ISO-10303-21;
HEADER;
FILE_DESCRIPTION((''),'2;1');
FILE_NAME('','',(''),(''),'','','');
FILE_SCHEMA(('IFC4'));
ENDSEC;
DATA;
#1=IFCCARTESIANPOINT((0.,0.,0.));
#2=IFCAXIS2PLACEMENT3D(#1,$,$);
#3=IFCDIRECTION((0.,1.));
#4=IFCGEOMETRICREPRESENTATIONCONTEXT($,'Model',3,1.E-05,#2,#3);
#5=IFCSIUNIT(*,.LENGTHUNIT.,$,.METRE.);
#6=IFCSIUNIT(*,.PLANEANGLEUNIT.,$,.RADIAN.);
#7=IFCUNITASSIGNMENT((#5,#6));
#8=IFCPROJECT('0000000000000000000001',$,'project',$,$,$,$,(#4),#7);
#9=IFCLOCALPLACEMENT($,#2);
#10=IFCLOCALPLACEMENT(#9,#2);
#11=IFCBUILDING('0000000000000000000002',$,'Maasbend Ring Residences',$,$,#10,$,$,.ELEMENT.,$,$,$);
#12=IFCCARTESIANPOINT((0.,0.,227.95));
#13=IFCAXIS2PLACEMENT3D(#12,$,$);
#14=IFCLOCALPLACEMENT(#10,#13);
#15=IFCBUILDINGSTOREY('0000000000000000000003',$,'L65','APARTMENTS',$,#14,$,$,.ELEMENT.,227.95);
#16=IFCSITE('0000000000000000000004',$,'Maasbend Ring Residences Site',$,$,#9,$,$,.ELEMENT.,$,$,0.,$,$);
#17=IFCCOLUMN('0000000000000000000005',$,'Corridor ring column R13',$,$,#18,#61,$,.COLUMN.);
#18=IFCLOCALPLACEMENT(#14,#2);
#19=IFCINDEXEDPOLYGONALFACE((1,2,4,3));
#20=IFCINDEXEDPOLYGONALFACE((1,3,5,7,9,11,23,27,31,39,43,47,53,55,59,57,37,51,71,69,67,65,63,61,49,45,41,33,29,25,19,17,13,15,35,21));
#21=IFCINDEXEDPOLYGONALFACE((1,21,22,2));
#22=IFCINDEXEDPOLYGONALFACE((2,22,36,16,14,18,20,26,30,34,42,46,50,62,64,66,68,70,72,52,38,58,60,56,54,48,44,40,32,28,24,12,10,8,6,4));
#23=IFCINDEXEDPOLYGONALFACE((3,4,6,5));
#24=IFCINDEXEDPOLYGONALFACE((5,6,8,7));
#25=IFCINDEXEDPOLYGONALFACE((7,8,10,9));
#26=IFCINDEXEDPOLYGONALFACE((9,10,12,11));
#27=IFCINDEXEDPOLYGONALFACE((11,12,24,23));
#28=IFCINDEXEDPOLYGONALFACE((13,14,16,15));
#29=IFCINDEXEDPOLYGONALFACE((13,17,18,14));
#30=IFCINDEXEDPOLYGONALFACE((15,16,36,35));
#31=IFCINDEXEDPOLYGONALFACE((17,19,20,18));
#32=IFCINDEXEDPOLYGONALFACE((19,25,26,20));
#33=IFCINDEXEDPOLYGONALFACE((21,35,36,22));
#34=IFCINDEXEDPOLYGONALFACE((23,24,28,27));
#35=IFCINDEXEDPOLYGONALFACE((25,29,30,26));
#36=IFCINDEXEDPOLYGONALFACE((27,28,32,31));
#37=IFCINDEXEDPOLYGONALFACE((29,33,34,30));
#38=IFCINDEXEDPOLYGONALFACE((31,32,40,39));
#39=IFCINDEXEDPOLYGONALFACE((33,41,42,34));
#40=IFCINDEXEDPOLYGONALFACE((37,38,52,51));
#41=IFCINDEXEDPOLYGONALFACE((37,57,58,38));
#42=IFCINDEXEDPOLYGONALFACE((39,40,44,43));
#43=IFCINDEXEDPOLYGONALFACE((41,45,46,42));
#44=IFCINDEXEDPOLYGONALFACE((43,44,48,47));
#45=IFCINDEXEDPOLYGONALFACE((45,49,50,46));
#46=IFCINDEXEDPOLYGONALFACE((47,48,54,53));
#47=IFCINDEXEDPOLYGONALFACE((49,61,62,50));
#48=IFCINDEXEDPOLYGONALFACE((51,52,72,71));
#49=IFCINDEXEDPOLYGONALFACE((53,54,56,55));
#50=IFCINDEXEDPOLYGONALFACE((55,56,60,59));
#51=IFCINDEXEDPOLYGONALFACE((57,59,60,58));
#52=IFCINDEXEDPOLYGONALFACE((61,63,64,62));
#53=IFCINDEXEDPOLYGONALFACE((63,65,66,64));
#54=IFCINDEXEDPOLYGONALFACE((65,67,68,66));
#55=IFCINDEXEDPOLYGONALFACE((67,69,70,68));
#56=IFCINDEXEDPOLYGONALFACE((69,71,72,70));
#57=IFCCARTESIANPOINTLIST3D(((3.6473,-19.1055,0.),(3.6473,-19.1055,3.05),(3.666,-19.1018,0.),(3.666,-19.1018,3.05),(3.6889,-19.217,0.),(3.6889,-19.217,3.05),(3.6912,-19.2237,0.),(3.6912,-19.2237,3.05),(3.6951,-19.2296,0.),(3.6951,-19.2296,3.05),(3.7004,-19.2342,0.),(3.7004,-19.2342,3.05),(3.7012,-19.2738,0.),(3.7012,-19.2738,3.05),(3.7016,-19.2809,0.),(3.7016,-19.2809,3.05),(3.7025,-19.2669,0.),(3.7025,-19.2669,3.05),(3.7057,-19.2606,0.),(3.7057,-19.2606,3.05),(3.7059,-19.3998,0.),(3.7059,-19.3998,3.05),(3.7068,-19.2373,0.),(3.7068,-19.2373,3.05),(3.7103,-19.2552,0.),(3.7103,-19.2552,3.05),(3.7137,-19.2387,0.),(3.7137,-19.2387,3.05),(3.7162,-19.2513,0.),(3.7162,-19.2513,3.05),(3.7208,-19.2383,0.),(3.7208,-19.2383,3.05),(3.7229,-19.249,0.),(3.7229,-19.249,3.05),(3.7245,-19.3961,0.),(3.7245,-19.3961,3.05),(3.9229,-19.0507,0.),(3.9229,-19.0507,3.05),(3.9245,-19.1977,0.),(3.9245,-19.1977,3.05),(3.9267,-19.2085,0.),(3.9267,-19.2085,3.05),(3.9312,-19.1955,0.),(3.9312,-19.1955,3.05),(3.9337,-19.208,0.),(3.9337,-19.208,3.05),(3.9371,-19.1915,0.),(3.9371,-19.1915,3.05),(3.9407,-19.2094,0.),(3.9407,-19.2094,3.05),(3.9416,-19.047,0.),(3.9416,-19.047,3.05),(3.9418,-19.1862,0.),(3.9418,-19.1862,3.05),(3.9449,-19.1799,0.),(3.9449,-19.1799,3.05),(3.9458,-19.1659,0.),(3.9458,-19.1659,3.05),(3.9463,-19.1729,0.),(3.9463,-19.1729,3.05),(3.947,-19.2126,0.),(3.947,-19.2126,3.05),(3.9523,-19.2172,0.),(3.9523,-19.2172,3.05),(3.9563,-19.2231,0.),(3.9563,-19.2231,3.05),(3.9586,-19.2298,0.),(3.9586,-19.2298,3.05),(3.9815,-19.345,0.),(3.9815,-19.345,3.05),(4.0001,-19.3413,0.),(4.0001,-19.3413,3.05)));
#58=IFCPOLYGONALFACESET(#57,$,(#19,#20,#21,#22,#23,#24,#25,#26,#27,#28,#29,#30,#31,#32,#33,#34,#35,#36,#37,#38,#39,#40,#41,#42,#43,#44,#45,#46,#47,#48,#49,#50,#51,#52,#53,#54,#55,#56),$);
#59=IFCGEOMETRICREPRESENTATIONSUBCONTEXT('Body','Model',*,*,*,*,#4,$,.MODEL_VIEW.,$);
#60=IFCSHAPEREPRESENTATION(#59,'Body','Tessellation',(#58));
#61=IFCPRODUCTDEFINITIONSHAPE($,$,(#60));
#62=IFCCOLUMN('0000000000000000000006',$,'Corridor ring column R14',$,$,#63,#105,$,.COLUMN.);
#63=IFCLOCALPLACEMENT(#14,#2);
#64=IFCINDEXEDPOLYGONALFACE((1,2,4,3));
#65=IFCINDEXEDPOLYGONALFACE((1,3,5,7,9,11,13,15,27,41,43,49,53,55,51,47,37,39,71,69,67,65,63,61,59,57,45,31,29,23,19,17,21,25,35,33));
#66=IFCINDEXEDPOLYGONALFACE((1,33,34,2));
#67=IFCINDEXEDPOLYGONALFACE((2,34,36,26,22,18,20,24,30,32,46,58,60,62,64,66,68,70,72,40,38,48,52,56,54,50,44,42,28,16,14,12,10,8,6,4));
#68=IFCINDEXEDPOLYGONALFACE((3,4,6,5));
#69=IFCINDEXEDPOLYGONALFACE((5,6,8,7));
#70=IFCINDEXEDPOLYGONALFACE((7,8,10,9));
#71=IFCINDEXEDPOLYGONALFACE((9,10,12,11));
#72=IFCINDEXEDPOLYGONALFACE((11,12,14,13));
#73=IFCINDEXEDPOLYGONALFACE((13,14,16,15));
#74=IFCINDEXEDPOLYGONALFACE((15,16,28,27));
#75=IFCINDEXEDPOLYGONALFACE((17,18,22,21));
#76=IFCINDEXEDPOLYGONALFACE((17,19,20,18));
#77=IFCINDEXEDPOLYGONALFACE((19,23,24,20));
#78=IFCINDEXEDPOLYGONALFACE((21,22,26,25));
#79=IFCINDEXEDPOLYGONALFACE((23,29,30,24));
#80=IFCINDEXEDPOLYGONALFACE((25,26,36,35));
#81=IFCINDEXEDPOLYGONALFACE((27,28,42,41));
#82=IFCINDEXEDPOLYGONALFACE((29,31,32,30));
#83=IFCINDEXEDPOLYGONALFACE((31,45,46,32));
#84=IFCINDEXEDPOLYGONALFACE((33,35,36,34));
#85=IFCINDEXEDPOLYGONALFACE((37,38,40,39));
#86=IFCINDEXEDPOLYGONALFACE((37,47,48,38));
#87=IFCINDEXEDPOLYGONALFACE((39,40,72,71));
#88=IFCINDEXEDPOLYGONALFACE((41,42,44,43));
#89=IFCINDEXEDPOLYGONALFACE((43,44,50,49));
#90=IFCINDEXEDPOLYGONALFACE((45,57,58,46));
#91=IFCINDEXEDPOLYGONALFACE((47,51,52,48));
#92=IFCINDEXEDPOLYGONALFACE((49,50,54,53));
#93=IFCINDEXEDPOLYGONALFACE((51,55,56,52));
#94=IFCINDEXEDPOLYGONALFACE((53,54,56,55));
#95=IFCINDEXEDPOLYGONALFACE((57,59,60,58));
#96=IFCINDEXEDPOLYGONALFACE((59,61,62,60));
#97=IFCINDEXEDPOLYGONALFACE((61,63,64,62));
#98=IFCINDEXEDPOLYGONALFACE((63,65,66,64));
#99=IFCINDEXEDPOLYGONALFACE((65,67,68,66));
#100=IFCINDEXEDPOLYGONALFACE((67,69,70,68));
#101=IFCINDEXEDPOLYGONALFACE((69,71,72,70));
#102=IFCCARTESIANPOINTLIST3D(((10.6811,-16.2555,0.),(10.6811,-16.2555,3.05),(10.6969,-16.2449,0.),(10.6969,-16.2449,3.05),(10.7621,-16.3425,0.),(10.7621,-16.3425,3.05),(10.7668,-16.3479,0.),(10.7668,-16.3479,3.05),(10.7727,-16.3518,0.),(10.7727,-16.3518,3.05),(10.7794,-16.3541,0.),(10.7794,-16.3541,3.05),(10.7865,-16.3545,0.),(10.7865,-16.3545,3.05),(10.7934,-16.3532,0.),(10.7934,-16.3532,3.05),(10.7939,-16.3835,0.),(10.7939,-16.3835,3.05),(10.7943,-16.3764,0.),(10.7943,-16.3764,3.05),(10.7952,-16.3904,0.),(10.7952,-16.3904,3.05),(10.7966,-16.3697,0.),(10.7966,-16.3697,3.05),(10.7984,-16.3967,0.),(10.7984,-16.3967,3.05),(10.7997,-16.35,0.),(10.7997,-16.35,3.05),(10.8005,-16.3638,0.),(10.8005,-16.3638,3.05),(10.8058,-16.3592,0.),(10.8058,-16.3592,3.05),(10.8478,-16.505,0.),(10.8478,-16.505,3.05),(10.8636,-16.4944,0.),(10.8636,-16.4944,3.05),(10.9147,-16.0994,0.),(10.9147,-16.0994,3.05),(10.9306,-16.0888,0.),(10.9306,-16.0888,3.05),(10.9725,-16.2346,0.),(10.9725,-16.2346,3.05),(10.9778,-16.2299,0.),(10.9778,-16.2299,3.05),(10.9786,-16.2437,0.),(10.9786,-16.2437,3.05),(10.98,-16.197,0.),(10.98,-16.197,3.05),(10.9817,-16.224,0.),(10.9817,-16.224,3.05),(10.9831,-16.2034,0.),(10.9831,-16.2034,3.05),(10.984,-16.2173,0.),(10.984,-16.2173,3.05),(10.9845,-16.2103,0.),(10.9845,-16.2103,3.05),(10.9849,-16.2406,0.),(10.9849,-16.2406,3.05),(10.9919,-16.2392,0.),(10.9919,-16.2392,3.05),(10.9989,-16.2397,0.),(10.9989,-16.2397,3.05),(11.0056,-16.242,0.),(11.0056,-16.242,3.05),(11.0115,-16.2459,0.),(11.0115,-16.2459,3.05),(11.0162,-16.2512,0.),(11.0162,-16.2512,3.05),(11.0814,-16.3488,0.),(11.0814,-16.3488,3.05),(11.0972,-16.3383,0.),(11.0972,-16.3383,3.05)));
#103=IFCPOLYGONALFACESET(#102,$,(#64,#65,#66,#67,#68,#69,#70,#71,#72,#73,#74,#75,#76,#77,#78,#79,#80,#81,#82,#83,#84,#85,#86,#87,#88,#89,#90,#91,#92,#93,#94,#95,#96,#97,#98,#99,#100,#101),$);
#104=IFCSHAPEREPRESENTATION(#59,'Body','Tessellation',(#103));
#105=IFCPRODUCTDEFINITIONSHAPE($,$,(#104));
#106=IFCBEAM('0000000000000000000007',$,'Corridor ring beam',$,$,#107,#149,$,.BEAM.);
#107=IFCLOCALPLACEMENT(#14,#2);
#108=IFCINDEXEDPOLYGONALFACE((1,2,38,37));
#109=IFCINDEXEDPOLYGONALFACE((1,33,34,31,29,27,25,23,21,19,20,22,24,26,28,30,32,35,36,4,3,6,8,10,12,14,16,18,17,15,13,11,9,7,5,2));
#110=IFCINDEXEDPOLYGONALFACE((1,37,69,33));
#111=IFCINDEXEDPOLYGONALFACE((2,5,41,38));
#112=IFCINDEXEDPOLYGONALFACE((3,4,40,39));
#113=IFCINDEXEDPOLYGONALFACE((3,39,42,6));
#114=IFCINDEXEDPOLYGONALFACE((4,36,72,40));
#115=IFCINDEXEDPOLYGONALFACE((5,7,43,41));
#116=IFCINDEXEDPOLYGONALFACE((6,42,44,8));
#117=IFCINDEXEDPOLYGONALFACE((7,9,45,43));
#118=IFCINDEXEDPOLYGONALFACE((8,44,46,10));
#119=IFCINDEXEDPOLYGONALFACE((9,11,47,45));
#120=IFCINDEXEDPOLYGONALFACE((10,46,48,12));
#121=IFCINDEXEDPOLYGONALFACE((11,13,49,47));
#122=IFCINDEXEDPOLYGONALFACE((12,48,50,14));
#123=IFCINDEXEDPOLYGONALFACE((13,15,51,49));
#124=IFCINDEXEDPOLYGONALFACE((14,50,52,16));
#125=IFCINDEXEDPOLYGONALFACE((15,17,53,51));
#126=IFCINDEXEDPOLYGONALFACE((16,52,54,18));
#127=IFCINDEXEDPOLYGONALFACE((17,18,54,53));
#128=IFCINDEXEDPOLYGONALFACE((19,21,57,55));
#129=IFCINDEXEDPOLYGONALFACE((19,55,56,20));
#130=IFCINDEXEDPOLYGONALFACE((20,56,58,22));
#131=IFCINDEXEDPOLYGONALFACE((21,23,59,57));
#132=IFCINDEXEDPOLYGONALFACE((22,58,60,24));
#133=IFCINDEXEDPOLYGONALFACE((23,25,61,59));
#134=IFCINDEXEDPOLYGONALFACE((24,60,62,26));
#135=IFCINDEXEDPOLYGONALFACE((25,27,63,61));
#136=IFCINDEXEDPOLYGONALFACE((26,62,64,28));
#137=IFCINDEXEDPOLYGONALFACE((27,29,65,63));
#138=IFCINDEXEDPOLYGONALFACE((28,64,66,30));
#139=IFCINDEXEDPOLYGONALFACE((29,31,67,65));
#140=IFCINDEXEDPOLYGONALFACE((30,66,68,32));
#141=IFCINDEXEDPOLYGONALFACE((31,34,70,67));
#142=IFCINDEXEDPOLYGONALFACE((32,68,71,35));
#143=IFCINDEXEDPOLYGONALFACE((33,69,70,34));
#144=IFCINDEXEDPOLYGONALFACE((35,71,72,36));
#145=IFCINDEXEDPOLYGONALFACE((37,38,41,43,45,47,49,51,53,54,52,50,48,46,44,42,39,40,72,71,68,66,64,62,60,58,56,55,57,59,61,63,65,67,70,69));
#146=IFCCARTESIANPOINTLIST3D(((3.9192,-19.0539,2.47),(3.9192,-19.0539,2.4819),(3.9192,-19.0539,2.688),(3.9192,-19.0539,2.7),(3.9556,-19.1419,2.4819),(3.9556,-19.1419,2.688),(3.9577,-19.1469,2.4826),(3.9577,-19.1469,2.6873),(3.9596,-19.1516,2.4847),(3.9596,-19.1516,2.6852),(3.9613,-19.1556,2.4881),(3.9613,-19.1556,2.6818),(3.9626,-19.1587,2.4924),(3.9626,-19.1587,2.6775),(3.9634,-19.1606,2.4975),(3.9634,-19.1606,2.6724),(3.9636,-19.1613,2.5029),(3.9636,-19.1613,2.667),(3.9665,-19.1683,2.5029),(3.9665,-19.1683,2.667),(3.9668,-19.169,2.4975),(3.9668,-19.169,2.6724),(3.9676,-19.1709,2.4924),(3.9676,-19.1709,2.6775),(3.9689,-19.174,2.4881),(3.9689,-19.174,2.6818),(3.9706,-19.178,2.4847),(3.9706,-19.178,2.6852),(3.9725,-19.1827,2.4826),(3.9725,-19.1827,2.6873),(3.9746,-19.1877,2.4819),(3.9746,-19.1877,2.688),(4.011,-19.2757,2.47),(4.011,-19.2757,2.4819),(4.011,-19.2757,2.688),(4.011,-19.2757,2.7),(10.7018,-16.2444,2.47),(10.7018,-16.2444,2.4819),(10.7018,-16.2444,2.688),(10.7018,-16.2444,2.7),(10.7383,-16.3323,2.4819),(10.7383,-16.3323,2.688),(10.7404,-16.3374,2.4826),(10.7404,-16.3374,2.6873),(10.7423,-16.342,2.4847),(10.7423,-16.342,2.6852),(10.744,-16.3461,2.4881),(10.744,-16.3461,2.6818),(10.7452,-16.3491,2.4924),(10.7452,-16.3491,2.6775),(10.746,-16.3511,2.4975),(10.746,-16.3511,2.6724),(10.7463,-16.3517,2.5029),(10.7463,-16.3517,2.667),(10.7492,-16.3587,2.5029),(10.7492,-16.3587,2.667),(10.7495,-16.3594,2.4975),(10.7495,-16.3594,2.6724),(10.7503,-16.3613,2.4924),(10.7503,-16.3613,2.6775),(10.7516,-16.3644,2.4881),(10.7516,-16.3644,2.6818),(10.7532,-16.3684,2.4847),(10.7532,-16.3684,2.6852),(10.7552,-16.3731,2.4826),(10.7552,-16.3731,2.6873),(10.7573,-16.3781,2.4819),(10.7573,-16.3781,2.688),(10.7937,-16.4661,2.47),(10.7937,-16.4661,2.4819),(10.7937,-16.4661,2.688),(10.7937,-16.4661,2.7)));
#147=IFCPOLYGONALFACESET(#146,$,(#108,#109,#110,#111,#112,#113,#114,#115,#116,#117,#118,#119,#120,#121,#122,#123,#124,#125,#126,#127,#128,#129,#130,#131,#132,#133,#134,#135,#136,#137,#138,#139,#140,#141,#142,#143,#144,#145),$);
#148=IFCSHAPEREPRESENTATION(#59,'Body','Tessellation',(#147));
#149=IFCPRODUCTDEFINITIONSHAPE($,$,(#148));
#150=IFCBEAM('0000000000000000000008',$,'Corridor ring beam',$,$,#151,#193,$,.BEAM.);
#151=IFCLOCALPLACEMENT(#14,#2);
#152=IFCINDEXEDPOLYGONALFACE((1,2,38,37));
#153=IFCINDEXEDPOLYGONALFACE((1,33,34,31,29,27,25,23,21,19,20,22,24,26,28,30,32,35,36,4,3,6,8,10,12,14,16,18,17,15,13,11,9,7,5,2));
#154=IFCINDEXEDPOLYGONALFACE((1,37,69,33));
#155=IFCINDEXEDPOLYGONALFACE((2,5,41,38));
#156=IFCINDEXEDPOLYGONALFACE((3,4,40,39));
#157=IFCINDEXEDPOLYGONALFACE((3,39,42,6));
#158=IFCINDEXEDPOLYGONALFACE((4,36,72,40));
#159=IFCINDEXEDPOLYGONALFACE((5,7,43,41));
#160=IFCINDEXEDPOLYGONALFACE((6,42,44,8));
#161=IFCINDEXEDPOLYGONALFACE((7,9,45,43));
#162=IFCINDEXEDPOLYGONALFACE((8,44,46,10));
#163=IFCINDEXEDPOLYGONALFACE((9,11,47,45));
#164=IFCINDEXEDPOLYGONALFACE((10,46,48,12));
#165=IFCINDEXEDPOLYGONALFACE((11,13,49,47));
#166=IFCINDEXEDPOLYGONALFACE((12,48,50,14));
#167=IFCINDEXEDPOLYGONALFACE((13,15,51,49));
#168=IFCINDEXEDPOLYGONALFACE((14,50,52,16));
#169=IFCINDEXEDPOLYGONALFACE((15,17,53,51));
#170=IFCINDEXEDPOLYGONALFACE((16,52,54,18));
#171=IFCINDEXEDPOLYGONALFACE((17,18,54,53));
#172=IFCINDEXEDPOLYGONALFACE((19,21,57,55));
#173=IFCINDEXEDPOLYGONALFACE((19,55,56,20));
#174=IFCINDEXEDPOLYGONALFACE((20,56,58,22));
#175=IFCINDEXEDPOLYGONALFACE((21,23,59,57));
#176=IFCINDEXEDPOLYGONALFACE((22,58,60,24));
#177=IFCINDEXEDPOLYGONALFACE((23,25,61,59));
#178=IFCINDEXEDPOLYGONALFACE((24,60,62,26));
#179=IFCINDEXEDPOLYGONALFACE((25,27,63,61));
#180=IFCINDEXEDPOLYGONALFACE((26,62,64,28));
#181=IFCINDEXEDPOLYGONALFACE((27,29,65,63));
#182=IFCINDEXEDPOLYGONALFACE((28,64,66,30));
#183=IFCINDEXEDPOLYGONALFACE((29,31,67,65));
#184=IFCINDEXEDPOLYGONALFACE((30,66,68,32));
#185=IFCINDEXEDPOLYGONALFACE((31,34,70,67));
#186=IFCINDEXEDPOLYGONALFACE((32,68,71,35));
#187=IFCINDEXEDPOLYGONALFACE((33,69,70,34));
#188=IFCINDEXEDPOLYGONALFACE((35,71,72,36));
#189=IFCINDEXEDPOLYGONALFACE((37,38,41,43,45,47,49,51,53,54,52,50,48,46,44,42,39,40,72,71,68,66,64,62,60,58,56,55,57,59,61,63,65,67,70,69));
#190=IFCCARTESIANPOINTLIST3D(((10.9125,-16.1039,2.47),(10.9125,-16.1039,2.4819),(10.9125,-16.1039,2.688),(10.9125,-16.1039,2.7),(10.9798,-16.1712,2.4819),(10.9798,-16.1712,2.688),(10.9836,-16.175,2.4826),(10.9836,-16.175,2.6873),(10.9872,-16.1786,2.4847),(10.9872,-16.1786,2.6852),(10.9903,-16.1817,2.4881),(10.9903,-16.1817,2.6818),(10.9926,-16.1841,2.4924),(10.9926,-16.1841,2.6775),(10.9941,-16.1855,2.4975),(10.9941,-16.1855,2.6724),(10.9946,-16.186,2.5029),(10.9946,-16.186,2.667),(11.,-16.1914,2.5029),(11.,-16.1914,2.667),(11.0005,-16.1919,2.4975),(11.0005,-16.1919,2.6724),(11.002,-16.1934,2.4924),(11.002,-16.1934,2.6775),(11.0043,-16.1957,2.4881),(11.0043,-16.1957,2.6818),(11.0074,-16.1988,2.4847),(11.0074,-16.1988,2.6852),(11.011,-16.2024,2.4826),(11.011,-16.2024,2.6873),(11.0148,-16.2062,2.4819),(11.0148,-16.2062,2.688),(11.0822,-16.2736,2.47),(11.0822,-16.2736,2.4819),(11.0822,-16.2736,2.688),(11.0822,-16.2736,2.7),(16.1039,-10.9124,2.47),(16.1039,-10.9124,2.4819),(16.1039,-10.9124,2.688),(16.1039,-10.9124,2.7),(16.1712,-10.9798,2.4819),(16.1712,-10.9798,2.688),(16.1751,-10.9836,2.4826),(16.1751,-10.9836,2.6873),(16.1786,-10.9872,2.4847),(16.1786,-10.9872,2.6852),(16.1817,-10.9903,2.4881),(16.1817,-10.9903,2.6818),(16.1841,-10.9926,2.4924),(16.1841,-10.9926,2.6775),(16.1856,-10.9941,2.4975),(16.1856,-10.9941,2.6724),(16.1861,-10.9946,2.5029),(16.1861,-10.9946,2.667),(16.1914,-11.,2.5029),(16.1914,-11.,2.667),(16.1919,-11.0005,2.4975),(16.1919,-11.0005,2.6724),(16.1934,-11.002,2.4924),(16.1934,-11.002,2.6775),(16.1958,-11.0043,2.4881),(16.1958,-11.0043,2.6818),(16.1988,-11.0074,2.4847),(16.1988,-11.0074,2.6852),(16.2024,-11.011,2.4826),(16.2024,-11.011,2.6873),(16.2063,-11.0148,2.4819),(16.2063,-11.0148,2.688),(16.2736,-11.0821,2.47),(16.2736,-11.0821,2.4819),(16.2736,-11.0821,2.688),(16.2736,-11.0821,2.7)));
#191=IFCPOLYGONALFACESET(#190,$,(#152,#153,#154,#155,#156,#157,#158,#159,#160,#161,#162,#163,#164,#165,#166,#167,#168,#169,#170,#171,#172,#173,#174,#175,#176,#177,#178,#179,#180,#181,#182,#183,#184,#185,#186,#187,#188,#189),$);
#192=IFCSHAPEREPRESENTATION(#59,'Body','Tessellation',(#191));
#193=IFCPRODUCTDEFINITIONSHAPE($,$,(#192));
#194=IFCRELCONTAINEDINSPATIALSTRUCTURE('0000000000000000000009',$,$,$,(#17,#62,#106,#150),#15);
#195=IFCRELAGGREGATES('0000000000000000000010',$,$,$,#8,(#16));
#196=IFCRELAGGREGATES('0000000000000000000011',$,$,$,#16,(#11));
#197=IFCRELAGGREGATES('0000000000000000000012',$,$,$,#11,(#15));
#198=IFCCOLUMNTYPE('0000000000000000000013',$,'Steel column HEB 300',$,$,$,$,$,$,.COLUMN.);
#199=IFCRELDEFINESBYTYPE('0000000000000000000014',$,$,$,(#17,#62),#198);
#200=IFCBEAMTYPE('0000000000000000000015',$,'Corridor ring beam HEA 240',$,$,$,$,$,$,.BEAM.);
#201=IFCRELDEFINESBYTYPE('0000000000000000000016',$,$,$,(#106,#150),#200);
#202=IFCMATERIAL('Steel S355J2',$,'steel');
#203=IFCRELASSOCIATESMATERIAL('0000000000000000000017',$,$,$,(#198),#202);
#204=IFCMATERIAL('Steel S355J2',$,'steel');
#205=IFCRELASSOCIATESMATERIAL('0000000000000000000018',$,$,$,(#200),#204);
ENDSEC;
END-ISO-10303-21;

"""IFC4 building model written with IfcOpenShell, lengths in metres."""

from ifc_helpers import new_model, si_unit, direction, frame, origin, origin_2d, place, context, subcontext, project, spatial, i_section, extrude, material, material_profile, profile_set, type_object, element, save


model = new_model("IFC4")

# Units and contexts
model_context = context("Model", 3, precision=1e-05, world=origin(), true_north=direction((0.0, 1.0)))
body_context = subcontext(model_context, "Body", "Model", "MODEL_VIEW")
ifc_project = project(units=[si_unit("LENGTHUNIT", "METRE"), si_unit("PLANEANGLEUNIT", "RADIAN")], contexts=[model_context])

# Site, building, storey
site_placement = place(None, origin())
site = spatial("IfcSite", under=ifc_project, at=site_placement, Name="Maasbend Ring Residences Site", CompositionType="ELEMENT", RefElevation=0.0)
building_placement = place(site_placement, origin())
building = spatial("IfcBuilding", under=site, at=building_placement, Name="Maasbend Ring Residences", CompositionType="ELEMENT")
storey_placement = place(building_placement, frame((0.0, 0.0, 227.95)))
storey = spatial("IfcBuildingStorey", under=building, at=storey_placement, Name="L65", Description="APARTMENTS", CompositionType="ELEMENT", Elevation=227.95)

# Columns
ifc_material_1 = material(Name="Steel S355J2", Category="steel")
ifc_material_profile_1 = material_profile(ifc_material_1, i_section(OverallWidth=0.3, OverallDepth=0.3, WebThickness=0.011, FlangeThickness=0.019, FilletRadius=0.0271, at=origin_2d()), Name="HEB 300")
ifc_profile_set_1 = profile_set([ifc_material_profile_1], Name="Steel S355J2")
column_type = type_object("IfcColumnType", Name="Steel column HEB 300", PredefinedType="COLUMN", material=ifc_profile_set_1)
for number, where, z_axis, x_axis, name in (
    (1, (3.8237, -19.2234, 0.0), (0.0, 0.0, 1.0), (0.19509, -0.980785, 0.0), "Corridor ring column R13"),
    (2, (10.8892, -16.2969, 0.0), (0.0, 0.0, 1.0), (0.55557, -0.83147, 0.0), "Corridor ring column R14"),
):
    element("IfcColumn", number, at=place(storey_placement, frame(where, z_axis=z_axis, x_axis=x_axis)), inside=storey, type_object=column_type, Name=name, PredefinedType="COLUMN", context=body_context, shape_type="SweptSolid", body=[
        extrude(i_section(OverallWidth=0.3, OverallDepth=0.3, WebThickness=0.011, FlangeThickness=0.019, FilletRadius=0.0271, at=origin_2d()), origin(), (0.0, 0.0, 1.0), 3.05),
    ])

# Beams
ifc_material_2 = material(Name="Steel S355J2", Category="steel")
ifc_material_profile_2 = material_profile(ifc_material_2, i_section(OverallWidth=0.24, OverallDepth=0.23, WebThickness=0.0076, FlangeThickness=0.012, FilletRadius=0.021, at=origin_2d()), Name="HEA 240")
ifc_profile_set_2 = profile_set([ifc_material_profile_2], Name="Steel S355J2")
beam_type = type_object("IfcBeamType", Name="Corridor ring beam HEA 240", PredefinedType="BEAM", material=ifc_profile_set_2)
beam_1_placement = place(storey_placement, frame((3.9651, -19.1648, 2.585), z_axis=(0.923876, 0.382692, 0.0), x_axis=(-0.382692, 0.923876, 0.0)))
element("IfcBeam", 3, at=beam_1_placement, inside=storey, type_object=beam_type, Name="Corridor ring beam", PredefinedType="BEAM", context=body_context, shape_type="SweptSolid", body=[
    extrude(i_section(OverallWidth=0.24, OverallDepth=0.23, WebThickness=0.0076, FlangeThickness=0.012, FilletRadius=0.021, at=origin_2d()), origin(), (0.0, 0.0, 1.0), 7.3416),
])
beam_2_placement = place(storey_placement, frame((10.9973, -16.1887, 2.585), z_axis=(0.707107, 0.707107, 0.0), x_axis=(-0.707107, 0.707107, 0.0)))
element("IfcBeam", 4, at=beam_2_placement, inside=storey, type_object=beam_type, Name="Corridor ring beam", PredefinedType="BEAM", context=body_context, shape_type="SweptSolid", body=[
    extrude(i_section(OverallWidth=0.24, OverallDepth=0.23, WebThickness=0.0076, FlangeThickness=0.012, FilletRadius=0.021, at=origin_2d()), origin(), (0.0, 0.0, 1.0), 7.3418),
])

save(model, "model.ifc")
